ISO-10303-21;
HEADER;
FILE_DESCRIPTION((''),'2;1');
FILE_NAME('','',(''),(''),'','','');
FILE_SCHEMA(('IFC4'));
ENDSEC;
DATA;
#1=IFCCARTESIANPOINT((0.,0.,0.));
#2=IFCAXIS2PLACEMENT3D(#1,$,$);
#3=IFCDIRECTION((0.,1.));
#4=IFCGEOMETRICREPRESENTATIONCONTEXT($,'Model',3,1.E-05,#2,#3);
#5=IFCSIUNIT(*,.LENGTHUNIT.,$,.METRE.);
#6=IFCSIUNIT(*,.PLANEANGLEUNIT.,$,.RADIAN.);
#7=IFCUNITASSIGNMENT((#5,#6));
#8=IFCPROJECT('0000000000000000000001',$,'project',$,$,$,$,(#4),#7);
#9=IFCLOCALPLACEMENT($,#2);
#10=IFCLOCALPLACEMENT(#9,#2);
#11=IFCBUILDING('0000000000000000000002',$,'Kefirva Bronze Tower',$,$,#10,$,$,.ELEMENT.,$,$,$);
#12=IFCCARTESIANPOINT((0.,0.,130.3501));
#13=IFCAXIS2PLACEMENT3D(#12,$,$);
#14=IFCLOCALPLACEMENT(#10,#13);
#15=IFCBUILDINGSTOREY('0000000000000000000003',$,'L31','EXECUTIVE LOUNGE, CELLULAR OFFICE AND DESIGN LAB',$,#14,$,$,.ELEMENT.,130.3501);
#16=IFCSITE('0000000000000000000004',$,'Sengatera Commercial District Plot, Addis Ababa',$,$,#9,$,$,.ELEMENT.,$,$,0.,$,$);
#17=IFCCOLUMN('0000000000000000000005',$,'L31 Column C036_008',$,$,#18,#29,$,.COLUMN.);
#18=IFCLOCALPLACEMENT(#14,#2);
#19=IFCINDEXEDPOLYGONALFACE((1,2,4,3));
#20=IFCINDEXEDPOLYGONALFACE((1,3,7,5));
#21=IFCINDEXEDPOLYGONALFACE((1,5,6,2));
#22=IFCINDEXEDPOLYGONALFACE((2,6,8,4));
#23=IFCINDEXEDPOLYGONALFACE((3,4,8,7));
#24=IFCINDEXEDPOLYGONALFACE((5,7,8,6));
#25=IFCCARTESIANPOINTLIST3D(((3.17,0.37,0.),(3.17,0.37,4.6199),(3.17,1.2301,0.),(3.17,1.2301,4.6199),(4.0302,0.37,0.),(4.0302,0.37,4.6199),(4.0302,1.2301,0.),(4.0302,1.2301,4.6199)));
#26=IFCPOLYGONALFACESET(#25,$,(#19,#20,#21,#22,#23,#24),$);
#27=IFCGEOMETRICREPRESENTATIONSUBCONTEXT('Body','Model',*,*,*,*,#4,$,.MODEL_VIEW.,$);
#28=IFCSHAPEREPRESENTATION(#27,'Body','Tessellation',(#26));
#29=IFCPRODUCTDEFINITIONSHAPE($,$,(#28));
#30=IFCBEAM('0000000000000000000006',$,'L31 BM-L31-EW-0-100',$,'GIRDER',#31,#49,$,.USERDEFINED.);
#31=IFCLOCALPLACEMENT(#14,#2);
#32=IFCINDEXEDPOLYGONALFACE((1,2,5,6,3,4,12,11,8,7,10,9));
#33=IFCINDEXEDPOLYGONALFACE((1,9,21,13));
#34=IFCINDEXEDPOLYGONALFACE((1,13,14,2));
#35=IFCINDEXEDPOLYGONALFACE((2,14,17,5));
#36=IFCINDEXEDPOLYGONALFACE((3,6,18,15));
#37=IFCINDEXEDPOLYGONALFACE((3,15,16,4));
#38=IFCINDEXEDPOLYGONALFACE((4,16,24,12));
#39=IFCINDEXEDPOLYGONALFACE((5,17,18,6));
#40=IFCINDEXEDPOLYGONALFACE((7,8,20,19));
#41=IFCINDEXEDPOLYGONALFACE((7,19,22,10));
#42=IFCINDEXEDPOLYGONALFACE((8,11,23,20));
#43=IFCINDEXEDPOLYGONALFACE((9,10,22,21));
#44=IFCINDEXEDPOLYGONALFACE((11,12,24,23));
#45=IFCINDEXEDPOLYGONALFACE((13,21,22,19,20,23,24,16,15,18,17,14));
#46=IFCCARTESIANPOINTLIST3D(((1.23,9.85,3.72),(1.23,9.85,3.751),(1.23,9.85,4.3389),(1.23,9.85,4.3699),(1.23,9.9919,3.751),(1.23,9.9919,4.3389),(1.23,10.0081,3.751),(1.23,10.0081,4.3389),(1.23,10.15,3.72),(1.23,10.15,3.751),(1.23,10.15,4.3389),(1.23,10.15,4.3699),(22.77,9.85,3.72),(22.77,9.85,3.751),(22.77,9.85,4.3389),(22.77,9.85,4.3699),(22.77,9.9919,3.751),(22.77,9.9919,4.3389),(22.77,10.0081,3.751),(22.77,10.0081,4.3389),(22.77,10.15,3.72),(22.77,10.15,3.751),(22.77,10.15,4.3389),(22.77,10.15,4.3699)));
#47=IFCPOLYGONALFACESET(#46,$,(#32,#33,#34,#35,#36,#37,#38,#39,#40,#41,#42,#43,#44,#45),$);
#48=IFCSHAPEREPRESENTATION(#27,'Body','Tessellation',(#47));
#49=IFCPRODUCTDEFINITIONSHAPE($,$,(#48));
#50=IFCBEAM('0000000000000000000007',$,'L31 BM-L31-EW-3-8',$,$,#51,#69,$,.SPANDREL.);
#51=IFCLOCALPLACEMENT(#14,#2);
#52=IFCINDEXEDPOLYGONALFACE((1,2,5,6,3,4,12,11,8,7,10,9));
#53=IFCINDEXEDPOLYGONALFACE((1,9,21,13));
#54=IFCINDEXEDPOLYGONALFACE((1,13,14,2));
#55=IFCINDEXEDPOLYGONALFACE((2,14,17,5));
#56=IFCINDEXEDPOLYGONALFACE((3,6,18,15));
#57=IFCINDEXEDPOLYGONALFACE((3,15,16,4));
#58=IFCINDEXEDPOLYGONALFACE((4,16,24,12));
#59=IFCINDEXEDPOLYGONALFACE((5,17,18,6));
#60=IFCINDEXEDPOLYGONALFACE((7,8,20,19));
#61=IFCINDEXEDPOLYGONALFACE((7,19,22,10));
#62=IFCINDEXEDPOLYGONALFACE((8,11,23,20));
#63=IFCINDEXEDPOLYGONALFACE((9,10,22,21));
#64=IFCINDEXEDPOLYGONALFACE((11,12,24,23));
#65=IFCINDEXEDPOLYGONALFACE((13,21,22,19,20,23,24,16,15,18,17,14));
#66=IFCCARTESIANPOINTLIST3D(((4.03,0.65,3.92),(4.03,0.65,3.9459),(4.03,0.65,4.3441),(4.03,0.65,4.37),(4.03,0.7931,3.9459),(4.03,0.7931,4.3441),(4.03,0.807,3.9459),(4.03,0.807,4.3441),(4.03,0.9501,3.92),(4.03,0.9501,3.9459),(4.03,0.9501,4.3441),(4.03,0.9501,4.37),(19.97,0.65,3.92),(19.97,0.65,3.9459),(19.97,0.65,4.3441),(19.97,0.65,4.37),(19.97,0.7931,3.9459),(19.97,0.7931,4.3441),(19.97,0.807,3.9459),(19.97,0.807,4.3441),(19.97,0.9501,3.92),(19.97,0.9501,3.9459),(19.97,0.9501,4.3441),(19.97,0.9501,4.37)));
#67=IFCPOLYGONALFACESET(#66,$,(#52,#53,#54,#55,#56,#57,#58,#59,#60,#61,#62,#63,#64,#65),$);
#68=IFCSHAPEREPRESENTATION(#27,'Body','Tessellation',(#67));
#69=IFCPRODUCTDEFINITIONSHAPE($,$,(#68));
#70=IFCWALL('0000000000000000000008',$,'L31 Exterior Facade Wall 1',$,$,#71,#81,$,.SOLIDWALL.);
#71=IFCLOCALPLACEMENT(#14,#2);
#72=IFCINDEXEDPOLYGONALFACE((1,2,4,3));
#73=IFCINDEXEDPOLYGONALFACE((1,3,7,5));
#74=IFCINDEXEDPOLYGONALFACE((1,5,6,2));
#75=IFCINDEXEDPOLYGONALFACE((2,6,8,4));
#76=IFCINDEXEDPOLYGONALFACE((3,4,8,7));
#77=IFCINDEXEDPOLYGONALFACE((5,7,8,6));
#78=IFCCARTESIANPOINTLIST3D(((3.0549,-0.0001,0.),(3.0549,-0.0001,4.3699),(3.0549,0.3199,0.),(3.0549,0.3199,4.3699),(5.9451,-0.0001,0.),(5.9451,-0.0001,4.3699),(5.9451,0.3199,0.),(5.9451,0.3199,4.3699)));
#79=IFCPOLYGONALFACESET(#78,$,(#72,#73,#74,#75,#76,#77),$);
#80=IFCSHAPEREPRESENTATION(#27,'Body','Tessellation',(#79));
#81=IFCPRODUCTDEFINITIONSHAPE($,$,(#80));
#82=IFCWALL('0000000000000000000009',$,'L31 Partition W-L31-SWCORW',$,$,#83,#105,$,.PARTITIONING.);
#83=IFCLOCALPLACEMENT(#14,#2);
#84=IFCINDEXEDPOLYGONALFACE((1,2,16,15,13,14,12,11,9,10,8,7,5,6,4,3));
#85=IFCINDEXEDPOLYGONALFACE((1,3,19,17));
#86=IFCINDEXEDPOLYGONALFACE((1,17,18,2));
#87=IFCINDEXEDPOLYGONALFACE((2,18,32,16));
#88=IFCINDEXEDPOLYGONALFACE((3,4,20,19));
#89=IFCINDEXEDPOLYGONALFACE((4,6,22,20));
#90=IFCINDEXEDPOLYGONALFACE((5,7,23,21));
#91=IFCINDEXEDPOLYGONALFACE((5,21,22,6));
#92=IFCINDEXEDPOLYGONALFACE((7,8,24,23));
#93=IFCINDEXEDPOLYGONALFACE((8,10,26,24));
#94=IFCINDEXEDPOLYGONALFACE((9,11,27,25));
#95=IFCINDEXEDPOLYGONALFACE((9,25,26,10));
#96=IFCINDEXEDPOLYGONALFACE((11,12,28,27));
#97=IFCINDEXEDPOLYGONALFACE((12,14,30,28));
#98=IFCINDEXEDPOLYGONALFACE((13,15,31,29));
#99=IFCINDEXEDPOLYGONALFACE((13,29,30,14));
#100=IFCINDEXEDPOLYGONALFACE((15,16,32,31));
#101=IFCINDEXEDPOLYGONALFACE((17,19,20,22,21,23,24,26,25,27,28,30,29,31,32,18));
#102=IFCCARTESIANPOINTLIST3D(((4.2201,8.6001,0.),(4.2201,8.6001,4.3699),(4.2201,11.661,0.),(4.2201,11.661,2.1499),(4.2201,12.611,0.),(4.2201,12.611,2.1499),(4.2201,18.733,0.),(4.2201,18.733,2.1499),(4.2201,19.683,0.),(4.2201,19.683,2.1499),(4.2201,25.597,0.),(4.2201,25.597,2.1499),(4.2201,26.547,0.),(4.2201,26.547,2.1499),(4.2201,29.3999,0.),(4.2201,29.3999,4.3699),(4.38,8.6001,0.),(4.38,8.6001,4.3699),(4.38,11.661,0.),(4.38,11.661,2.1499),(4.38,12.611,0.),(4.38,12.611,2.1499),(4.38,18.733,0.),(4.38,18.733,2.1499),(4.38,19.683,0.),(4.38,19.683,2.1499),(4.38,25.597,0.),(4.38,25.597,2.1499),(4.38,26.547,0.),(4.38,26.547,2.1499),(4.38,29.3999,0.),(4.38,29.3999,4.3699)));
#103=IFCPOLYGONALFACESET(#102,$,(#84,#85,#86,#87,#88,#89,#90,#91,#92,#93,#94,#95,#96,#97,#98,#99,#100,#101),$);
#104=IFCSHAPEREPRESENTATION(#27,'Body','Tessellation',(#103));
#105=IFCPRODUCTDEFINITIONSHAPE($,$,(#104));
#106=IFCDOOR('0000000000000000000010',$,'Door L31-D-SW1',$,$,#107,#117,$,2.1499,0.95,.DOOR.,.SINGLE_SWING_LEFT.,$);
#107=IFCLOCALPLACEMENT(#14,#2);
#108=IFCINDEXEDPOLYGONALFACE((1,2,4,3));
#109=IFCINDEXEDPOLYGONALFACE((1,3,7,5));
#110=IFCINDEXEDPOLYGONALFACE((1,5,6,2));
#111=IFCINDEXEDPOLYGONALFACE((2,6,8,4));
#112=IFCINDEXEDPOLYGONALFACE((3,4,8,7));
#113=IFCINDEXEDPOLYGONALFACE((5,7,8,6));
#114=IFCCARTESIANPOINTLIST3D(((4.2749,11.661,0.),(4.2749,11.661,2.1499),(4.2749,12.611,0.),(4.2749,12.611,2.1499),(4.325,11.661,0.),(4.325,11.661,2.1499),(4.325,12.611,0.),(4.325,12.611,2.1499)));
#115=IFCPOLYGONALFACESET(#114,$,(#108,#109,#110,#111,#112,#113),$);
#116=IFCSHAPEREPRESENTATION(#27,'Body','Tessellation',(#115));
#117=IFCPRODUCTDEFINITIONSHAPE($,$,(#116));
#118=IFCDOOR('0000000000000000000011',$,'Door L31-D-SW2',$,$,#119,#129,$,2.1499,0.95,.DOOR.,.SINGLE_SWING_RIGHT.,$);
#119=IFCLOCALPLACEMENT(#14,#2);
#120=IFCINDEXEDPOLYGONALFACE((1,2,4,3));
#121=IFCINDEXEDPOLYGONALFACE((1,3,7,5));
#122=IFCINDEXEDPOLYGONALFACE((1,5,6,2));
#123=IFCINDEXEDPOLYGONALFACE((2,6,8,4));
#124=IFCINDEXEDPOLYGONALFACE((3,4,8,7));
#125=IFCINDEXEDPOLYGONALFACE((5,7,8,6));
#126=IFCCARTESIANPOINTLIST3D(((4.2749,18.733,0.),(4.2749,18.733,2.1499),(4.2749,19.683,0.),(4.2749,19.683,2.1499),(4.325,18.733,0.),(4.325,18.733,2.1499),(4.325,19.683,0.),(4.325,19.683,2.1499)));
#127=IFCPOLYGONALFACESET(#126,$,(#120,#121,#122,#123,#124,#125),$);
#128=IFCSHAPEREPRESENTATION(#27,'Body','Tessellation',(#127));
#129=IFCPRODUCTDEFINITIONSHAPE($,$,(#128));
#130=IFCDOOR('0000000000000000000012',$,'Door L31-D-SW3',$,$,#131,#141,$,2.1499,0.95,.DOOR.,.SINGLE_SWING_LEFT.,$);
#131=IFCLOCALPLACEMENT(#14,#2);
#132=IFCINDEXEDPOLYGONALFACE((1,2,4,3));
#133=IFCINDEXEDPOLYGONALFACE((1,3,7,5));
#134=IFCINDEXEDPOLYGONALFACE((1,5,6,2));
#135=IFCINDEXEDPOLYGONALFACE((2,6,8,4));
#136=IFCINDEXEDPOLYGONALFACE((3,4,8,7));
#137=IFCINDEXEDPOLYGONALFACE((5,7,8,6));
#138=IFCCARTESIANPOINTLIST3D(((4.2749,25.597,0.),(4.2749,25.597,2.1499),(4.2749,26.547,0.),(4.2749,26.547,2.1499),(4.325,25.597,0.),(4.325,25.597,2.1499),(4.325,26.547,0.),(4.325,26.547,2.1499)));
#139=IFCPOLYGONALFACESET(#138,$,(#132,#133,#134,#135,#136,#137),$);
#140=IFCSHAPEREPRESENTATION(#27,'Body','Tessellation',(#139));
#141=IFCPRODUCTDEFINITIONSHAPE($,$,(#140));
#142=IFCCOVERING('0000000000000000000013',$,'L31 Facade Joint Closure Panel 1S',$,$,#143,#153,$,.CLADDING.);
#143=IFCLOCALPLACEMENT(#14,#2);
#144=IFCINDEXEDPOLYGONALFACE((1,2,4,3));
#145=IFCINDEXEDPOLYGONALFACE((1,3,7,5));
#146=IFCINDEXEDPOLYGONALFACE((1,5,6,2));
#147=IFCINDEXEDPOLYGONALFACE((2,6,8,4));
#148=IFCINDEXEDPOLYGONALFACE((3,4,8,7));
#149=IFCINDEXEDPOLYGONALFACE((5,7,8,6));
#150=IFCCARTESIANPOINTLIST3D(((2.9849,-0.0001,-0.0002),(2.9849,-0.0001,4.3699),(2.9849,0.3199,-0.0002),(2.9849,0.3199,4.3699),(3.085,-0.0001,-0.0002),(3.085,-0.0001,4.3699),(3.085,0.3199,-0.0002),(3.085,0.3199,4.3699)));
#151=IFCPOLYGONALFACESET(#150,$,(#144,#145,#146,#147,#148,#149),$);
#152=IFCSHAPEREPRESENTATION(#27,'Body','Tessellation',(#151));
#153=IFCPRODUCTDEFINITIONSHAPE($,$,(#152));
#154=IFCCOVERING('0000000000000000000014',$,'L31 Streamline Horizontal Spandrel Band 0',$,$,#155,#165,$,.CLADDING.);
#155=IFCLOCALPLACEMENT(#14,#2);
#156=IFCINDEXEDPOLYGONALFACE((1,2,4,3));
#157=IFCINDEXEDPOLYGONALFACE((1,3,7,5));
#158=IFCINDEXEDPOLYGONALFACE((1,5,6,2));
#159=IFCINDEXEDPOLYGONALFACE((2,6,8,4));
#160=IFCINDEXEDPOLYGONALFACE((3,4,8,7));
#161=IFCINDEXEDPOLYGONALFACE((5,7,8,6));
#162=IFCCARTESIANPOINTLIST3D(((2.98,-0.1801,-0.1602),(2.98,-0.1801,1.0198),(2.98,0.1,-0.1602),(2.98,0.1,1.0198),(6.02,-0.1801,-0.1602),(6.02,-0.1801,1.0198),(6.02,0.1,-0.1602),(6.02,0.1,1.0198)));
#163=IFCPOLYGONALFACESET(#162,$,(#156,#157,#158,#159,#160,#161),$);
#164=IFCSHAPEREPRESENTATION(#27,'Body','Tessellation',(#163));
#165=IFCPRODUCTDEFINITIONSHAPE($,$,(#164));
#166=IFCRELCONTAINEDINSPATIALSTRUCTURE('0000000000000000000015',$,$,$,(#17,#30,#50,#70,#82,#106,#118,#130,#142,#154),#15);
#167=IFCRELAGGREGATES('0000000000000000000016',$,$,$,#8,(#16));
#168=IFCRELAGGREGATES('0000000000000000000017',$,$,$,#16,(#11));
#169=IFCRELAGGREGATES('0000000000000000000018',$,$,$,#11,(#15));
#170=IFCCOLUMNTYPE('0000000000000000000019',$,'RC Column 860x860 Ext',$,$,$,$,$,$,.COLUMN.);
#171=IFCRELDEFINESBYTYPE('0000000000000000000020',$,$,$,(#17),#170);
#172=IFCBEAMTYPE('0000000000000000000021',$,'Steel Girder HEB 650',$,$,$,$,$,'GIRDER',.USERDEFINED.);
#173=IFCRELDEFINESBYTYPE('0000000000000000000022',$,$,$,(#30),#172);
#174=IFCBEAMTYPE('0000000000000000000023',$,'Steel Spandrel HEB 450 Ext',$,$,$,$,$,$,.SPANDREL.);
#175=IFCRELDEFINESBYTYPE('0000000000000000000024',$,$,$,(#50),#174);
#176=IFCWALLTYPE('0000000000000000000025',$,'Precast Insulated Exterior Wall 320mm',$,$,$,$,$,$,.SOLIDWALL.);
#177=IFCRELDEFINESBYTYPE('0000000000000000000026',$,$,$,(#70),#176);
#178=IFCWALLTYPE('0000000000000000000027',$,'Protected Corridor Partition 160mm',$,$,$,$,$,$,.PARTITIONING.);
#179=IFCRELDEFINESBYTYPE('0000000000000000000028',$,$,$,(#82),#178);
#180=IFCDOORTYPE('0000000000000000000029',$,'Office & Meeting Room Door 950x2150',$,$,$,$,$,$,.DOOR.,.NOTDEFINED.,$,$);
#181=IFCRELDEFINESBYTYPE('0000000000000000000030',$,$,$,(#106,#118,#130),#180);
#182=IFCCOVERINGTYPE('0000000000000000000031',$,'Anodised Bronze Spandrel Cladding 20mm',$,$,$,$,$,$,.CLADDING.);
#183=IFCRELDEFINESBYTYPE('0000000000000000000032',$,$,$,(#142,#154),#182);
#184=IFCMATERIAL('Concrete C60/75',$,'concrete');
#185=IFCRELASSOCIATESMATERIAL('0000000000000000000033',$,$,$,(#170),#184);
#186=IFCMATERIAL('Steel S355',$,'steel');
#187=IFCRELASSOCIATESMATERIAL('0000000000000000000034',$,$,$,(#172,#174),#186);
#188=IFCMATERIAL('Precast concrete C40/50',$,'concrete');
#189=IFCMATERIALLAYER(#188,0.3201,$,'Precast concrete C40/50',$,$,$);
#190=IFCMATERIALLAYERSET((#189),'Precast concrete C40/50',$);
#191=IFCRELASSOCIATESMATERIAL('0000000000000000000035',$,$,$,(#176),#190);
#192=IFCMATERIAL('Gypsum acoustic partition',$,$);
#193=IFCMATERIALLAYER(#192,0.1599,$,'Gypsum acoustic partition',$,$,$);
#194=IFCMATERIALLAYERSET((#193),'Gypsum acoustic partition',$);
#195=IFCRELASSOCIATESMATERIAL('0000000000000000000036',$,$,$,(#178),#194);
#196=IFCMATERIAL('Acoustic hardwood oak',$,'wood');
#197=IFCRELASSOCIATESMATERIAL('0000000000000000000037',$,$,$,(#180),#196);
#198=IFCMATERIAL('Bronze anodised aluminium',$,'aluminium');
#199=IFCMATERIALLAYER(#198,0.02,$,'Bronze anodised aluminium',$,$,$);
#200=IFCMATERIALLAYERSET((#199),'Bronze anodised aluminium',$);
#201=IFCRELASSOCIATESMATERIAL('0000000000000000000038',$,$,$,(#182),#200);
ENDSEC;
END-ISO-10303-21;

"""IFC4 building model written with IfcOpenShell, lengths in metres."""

from ifc_helpers import new_model, si_unit, direction, frame, frame_2d, origin, origin_2d, place, context, subcontext, project, spatial, rectangle, i_section, extrude, material, layer, layer_set, material_profile, profile_set, type_object, element, fill, save


model = new_model("IFC4")

# Units and contexts
model_context = context("Model", 3, precision=1e-05, world=origin(), true_north=direction((0.0, 1.0)))
body_context = subcontext(model_context, "Body", "Model", "MODEL_VIEW")
ifc_project = project(units=[si_unit("LENGTHUNIT", "METRE"), si_unit("PLANEANGLEUNIT", "RADIAN")], contexts=[model_context])

# Site, building, storey
site_placement = place(None, origin())
site = spatial("IfcSite", under=ifc_project, at=site_placement, Name="Sengatera Commercial District Plot, Addis Ababa", CompositionType="ELEMENT", RefElevation=0.0)
building_placement = place(site_placement, origin())
building = spatial("IfcBuilding", under=site, at=building_placement, Name="Kefirva Bronze Tower", CompositionType="ELEMENT")
storey_placement = place(building_placement, frame((0.0, 0.0, 130.3501)))
storey = spatial("IfcBuildingStorey", under=building, at=storey_placement, Name="L31", Description="EXECUTIVE LOUNGE, CELLULAR OFFICE AND DESIGN LAB", CompositionType="ELEMENT", Elevation=130.3501)

# Column
ifc_material_1 = material(Name="Concrete C60/75", Category="concrete")
ifc_material_profile_1 = material_profile(ifc_material_1, rectangle(XDim=0.8601, YDim=0.8601, at=origin_2d()), Name="RC 860x860")
ifc_profile_set_1 = profile_set([ifc_material_profile_1], Name="Concrete C60/75")
column_type = type_object("IfcColumnType", Name="RC Column 860x860 Ext", PredefinedType="COLUMN", material=ifc_profile_set_1)
column_placement = place(storey_placement, frame((3.6001, 0.8, 0.0), z_axis=(0.0, 0.0, 1.0), x_axis=(1.0, 0.0, 0.0)))
element("IfcColumn", 1, at=column_placement, inside=storey, type_object=column_type, Name="L31 Column C036_008", PredefinedType="COLUMN", context=body_context, shape_type="SweptSolid", body=[
    extrude(rectangle(XDim=0.8601, YDim=0.8601, at=origin_2d()), origin(), (0.0, 0.0, 1.0), 4.6199),
])

# Beams
ifc_material_2 = material(Name="Steel S355", Category="steel")
ifc_material_profile_2 = material_profile(ifc_material_2, i_section(OverallWidth=0.3, OverallDepth=0.6499, WebThickness=0.0161, FlangeThickness=0.031, at=origin_2d()), Name="HEB 650")
ifc_profile_set_2 = profile_set([ifc_material_profile_2], Name="Steel S355")
beam_type_1 = type_object("IfcBeamType", Name="Steel Girder HEB 650", ElementType="GIRDER", PredefinedType="USERDEFINED", material=ifc_profile_set_2)
beam_1_placement = place(storey_placement, frame((1.23, 10.0, 4.0449), z_axis=(1.0, 0.0, 0.0), x_axis=(0.0, 1.0, 0.0)))
element("IfcBeam", 2, at=beam_1_placement, inside=storey, type_object=beam_type_1, Name="L31 BM-L31-EW-0-100", ObjectType="GIRDER", PredefinedType="USERDEFINED", context=body_context, shape_type="SweptSolid", body=[
    extrude(i_section(OverallWidth=0.3, OverallDepth=0.6499, WebThickness=0.0161, FlangeThickness=0.031, at=origin_2d()), origin(), (0.0, 0.0, 1.0), 21.54),
])
ifc_material_profile_3 = material_profile(ifc_material_2, i_section(OverallWidth=0.3, OverallDepth=0.45, WebThickness=0.0139, FlangeThickness=0.0259, at=origin_2d()), Name="HEB 450")
ifc_profile_set_3 = profile_set([ifc_material_profile_3], Name="Steel S355")
beam_type_2 = type_object("IfcBeamType", Name="Steel Spandrel HEB 450 Ext", PredefinedType="SPANDREL", material=ifc_profile_set_3)
beam_2_placement = place(storey_placement, frame((4.03, 0.8, 4.145), z_axis=(1.0, 0.0, 0.0), x_axis=(0.0, 1.0, 0.0)))
element("IfcBeam", 3, at=beam_2_placement, inside=storey, type_object=beam_type_2, Name="L31 BM-L31-EW-3-8", PredefinedType="SPANDREL", context=body_context, shape_type="SweptSolid", body=[
    extrude(i_section(OverallWidth=0.3, OverallDepth=0.45, WebThickness=0.0139, FlangeThickness=0.0259, at=origin_2d()), origin(), (0.0, 0.0, 1.0), 15.9399),
])

# Wall
ifc_material_3 = material(Name="Precast concrete C40/50", Category="concrete")
ifc_layer_1 = layer(ifc_material_3, 0.3201, Name="Precast concrete C40/50")
ifc_layer_set_1 = layer_set([ifc_layer_1], Name="Precast concrete C40/50")
wall_type_1 = type_object("IfcWallType", Name="Precast Insulated Exterior Wall 320mm", PredefinedType="SOLIDWALL", material=ifc_layer_set_1)
wall_1_placement = place(storey_placement, frame((3.0549, 0.1599, 0.0), z_axis=(0.0, 0.0, 1.0), x_axis=(1.0, 0.0, 0.0)))
element("IfcWall", 4, at=wall_1_placement, inside=storey, type_object=wall_type_1, Name="L31 Exterior Facade Wall 1", PredefinedType="SOLIDWALL", context=body_context, shape_type="SweptSolid", body=[
    extrude(rectangle(XDim=2.8901, YDim=0.3201, at=frame_2d((1.4451, 0.0))), origin(), (0.0, 0.0, 1.0), 4.3699),
])

# Wall, openings, doors
ifc_material_4 = material(Name="Gypsum acoustic partition")
ifc_layer_2 = layer(ifc_material_4, 0.1599, Name="Gypsum acoustic partition")
ifc_layer_set_2 = layer_set([ifc_layer_2], Name="Gypsum acoustic partition")
wall_type_2 = type_object("IfcWallType", Name="Protected Corridor Partition 160mm", PredefinedType="PARTITIONING", material=ifc_layer_set_2)
wall_2_placement = place(storey_placement, frame((4.3, 8.6001, 0.0), z_axis=(0.0, 0.0, 1.0), x_axis=(0.0, 1.0, 0.0)))
wall_2 = element("IfcWall", 5, at=wall_2_placement, inside=storey, type_object=wall_type_2, Name="L31 Partition W-L31-SWCORW", PredefinedType="PARTITIONING", context=body_context, shape_type="SweptSolid", body=[
    extrude(rectangle(XDim=20.7998, YDim=0.1599, at=frame_2d((10.3999, 0.0))), origin(), (0.0, 0.0, 1.0), 4.3699),
])
opening_1_placement = place(wall_2_placement, frame((4.011, 0.0, 0.0), z_axis=(0.0, 0.0, 1.0), x_axis=(-1.0, 0.0, 0.0)))
opening_1 = element("IfcOpeningElement", 6, at=opening_1_placement, cuts=wall_2, PredefinedType="OPENING", context=body_context, shape_type="SweptSolid", body=[
    extrude(rectangle(XDim=0.95, YDim=2.1499, at=frame_2d((0.4751, 1.075))), frame((0.0, 0.0898, 0.0), z_axis=(0.0, -1.0, 0.0), x_axis=(1.0, 0.0, 0.0)), (0.0, 0.0, 1.0), 0.1799),
])
opening_2_placement = place(wall_2_placement, frame((11.083, 0.0, 0.0), z_axis=(0.0, 0.0, 1.0), x_axis=(-1.0, 0.0, 0.0)))
opening_2 = element("IfcOpeningElement", 7, at=opening_2_placement, cuts=wall_2, PredefinedType="OPENING", context=body_context, shape_type="SweptSolid", body=[
    extrude(rectangle(XDim=0.95, YDim=2.1499, at=frame_2d((0.4751, 1.075))), frame((0.0, 0.0898, 0.0), z_axis=(0.0, -1.0, 0.0), x_axis=(1.0, 0.0, 0.0)), (0.0, 0.0, 1.0), 0.1799),
])
opening_3_placement = place(wall_2_placement, frame((17.947, 0.0, 0.0), z_axis=(0.0, 0.0, 1.0), x_axis=(-1.0, 0.0, 0.0)))
opening_3 = element("IfcOpeningElement", 8, at=opening_3_placement, cuts=wall_2, PredefinedType="OPENING", context=body_context, shape_type="SweptSolid", body=[
    extrude(rectangle(XDim=0.95, YDim=2.1499, at=frame_2d((0.4751, 1.075))), frame((0.0, 0.0898, 0.0), z_axis=(0.0, -1.0, 0.0), x_axis=(1.0, 0.0, 0.0)), (0.0, 0.0, 1.0), 0.1799),
])
ifc_material_5 = material(Name="Acoustic hardwood oak", Category="wood")
door_type = type_object("IfcDoorType", Name="Office & Meeting Room Door 950x2150", OperationType="NOTDEFINED", PredefinedType="DOOR", material=ifc_material_5)
door_1_placement = place(opening_1_placement, origin())
door_1 = element("IfcDoor", 9, at=door_1_placement, inside=storey, type_object=door_type, Name="Door L31-D-SW1", OperationType="SINGLE_SWING_LEFT", OverallHeight=2.1499, OverallWidth=0.95, PredefinedType="DOOR", context=body_context, shape_type="SweptSolid", body=[
    extrude(rectangle(XDim=0.95, YDim=2.1499, at=frame_2d((0.4751, 1.075))), frame((0.0, 0.0249, 0.0), z_axis=(0.0, -1.0, 0.0), x_axis=(1.0, 0.0, 0.0)), (0.0, 0.0, 1.0), 0.05),
])
fill(opening_1, door_1)
door_2_placement = place(opening_2_placement, origin())
door_2 = element("IfcDoor", 10, at=door_2_placement, inside=storey, type_object=door_type, Name="Door L31-D-SW2", OperationType="SINGLE_SWING_RIGHT", OverallHeight=2.1499, OverallWidth=0.95, PredefinedType="DOOR", context=body_context, shape_type="SweptSolid", body=[
    extrude(rectangle(XDim=0.95, YDim=2.1499, at=frame_2d((0.4751, 1.075))), frame((0.0, 0.0249, 0.0), z_axis=(0.0, -1.0, 0.0), x_axis=(1.0, 0.0, 0.0)), (0.0, 0.0, 1.0), 0.05),
])
fill(opening_2, door_2)
door_3_placement = place(opening_3_placement, origin())
door_3 = element("IfcDoor", 11, at=door_3_placement, inside=storey, type_object=door_type, Name="Door L31-D-SW3", OperationType="SINGLE_SWING_LEFT", OverallHeight=2.1499, OverallWidth=0.95, PredefinedType="DOOR", context=body_context, shape_type="SweptSolid", body=[
    extrude(rectangle(XDim=0.95, YDim=2.1499, at=frame_2d((0.4751, 1.075))), frame((0.0, 0.0249, 0.0), z_axis=(0.0, -1.0, 0.0), x_axis=(1.0, 0.0, 0.0)), (0.0, 0.0, 1.0), 0.05),
])
fill(opening_3, door_3)

# Coverings
ifc_material_6 = material(Name="Bronze anodised aluminium", Category="aluminium")
ifc_layer_3 = layer(ifc_material_6, 0.02, Name="Bronze anodised aluminium")
ifc_layer_set_3 = layer_set([ifc_layer_3], Name="Bronze anodised aluminium")
covering_type_1 = type_object("IfcCoveringType", Name="Anodised Bronze Spandrel Cladding 20mm", PredefinedType="CLADDING", material=ifc_layer_set_3)
covering_1_placement = place(storey_placement, frame((3.0349, 0.1599, -0.0002), z_axis=(0.0, 0.0, 1.0), x_axis=(1.0, 0.0, 0.0)))
element("IfcCovering", 12, at=covering_1_placement, inside=storey, type_object=covering_type_1, Name="L31 Facade Joint Closure Panel 1S", PredefinedType="CLADDING", context=body_context, shape_type="SweptSolid", body=[
    extrude(rectangle(XDim=0.1001, YDim=0.3201, at=origin_2d()), origin(), (0.0, 0.0, 1.0), 4.3701),
])
covering_2_placement = place(storey_placement, frame((4.5, -0.04, -0.1602), z_axis=(0.0, 0.0, 1.0), x_axis=(1.0, 0.0, 0.0)))
element("IfcCovering", 13, at=covering_2_placement, inside=storey, type_object=covering_type_1, Name="L31 Streamline Horizontal Spandrel Band 0", PredefinedType="CLADDING", context=body_context, shape_type="SweptSolid", body=[
    extrude(rectangle(XDim=3.04, YDim=0.28, at=origin_2d()), origin(), (0.0, 0.0, 1.0), 1.1799),
])

save(model, "model.ifc")
